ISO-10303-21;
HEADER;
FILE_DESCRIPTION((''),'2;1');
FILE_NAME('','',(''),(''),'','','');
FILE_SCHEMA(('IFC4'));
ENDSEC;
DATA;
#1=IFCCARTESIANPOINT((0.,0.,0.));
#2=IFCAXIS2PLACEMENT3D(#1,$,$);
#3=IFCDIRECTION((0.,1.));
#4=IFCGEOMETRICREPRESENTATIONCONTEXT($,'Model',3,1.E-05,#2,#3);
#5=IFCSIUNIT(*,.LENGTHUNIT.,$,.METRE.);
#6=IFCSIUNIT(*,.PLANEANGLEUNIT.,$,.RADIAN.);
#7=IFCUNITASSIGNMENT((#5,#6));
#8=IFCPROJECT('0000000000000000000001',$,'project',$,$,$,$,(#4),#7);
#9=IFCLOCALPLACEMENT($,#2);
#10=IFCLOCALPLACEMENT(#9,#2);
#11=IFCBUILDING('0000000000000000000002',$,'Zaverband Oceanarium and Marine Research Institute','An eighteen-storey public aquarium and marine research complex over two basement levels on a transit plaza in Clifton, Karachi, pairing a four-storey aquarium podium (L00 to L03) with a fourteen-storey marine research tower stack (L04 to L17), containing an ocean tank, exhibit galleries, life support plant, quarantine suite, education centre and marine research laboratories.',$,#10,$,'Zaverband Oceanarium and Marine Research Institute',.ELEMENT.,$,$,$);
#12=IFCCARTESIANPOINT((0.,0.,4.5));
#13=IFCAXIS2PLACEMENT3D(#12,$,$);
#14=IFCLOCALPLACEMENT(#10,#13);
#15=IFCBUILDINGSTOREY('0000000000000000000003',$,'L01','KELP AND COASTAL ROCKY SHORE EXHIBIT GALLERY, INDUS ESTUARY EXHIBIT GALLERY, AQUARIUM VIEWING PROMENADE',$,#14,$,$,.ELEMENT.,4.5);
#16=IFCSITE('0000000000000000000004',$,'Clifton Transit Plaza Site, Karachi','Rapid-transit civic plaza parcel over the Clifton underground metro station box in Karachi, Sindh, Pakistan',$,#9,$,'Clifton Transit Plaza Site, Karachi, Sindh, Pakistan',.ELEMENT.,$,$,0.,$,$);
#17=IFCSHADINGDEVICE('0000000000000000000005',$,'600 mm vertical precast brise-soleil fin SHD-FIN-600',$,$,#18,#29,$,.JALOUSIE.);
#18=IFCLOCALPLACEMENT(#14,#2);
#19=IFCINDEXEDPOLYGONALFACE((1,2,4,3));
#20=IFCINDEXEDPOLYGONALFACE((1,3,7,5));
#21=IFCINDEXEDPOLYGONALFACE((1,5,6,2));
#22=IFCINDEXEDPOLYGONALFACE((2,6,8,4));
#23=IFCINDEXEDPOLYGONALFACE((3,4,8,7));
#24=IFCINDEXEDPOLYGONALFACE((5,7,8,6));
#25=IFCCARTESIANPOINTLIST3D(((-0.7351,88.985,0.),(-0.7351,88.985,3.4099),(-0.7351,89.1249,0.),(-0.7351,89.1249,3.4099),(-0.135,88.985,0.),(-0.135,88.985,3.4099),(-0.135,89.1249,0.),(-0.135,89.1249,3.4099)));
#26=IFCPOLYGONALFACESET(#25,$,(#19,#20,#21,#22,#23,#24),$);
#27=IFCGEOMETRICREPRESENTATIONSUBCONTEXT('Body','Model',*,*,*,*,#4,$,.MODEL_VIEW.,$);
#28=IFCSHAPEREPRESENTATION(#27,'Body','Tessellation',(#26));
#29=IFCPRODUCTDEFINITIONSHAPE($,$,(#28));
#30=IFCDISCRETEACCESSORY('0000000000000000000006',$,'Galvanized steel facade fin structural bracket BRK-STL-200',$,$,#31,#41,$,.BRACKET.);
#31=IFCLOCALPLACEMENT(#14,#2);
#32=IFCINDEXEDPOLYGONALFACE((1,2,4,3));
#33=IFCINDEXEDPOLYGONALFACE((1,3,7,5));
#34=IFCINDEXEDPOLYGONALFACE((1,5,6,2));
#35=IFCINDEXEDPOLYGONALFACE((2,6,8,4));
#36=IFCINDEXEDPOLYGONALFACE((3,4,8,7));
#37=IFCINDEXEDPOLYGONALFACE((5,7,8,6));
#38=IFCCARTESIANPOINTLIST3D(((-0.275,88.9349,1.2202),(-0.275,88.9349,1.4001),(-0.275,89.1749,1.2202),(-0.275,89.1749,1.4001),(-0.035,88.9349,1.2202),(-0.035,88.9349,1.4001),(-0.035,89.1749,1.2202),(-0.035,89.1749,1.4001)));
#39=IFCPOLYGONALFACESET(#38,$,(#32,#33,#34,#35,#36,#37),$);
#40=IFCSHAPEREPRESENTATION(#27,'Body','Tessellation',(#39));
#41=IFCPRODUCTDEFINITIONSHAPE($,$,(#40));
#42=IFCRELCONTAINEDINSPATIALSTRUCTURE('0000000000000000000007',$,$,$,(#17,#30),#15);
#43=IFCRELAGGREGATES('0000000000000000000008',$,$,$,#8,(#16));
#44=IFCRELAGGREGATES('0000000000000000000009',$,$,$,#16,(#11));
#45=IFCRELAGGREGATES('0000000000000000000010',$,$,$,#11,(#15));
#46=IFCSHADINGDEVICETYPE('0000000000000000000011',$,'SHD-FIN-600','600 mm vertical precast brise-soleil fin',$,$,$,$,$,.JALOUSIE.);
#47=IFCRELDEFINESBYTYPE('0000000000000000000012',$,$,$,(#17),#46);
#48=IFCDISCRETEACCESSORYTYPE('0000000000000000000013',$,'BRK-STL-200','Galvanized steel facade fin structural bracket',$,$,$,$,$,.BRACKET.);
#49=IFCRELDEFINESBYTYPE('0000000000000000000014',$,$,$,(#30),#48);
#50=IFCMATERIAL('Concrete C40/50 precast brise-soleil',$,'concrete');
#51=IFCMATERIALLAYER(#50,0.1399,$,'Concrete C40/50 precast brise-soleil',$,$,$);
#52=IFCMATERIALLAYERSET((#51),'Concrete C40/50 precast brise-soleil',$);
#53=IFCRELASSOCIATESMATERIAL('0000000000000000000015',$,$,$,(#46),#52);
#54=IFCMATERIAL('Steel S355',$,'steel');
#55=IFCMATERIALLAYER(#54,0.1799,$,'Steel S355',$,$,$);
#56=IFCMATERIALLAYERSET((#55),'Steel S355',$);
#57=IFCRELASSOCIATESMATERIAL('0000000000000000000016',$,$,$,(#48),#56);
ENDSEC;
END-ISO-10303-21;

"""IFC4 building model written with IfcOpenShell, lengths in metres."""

from ifc_helpers import new_model, si_unit, direction, frame, frame_2d, origin, origin_2d, place, context, subcontext, project, spatial, rectangle, extrude, material, layer, layer_set, type_object, element, save


model = new_model("IFC4")

# Units and contexts
model_context = context("Model", 3, precision=1e-05, world=origin(), true_north=direction((0.0, 1.0)))
body_context = subcontext(model_context, "Body", "Model", "MODEL_VIEW")
ifc_project = project(units=[si_unit("LENGTHUNIT", "METRE"), si_unit("PLANEANGLEUNIT", "RADIAN")], contexts=[model_context])

# Site, building, storey
site_placement = place(None, origin())
site = spatial("IfcSite", under=ifc_project, at=site_placement, Name="Clifton Transit Plaza Site, Karachi", Description="Rapid-transit civic plaza parcel over the Clifton underground metro station box in Karachi, Sindh, Pakistan", LongName="Clifton Transit Plaza Site, Karachi, Sindh, Pakistan", CompositionType="ELEMENT", RefElevation=0.0)
building_placement = place(site_placement, origin())
building = spatial("IfcBuilding", under=site, at=building_placement, Name="Zaverband Oceanarium and Marine Research Institute", Description="An eighteen-storey public aquarium and marine research complex over two basement levels on a transit plaza in Clifton, Karachi, pairing a four-storey aquarium podium (L00 to L03) with a fourteen-storey marine research tower stack (L04 to L17), containing an ocean tank, exhibit galleries, life support plant, quarantine suite, education centre and marine research laboratories.", LongName="Zaverband Oceanarium and Marine Research Institute", CompositionType="ELEMENT")
storey_placement = place(building_placement, frame((0.0, 0.0, 4.5)))
storey = spatial("IfcBuildingStorey", under=building, at=storey_placement, Name="L01", Description="KELP AND COASTAL ROCKY SHORE EXHIBIT GALLERY, INDUS ESTUARY EXHIBIT GALLERY, AQUARIUM VIEWING PROMENADE", CompositionType="ELEMENT", Elevation=4.5)

# Shading device
ifc_material_1 = material(Name="Concrete C40/50 precast brise-soleil", Category="concrete")
ifc_layer_1 = layer(ifc_material_1, 0.1399, Name="Concrete C40/50 precast brise-soleil")
ifc_layer_set_1 = layer_set([ifc_layer_1], Name="Concrete C40/50 precast brise-soleil")
shading_device_type = type_object("IfcShadingDeviceType", Name="SHD-FIN-600", Description="600 mm vertical precast brise-soleil fin", PredefinedType="JALOUSIE", material=ifc_layer_set_1)
shading_device_placement = place(storey_placement, frame((-0.135, 89.0549, 0.0), z_axis=(0.0, 0.0, 1.0), x_axis=(-1.0, 0.0, 0.0)))
element("IfcShadingDevice", 1, at=shading_device_placement, inside=storey, type_object=shading_device_type, Name="600 mm vertical precast brise-soleil fin SHD-FIN-600", PredefinedType="JALOUSIE", context=body_context, shape_type="SweptSolid", body=[
    extrude(rectangle(XDim=0.6001, YDim=0.1399, at=frame_2d((0.3, 0.0))), origin(), (0.0, 0.0, 1.0), 3.4099),
])

# Discrete accessory
ifc_material_2 = material(Name="Steel S355", Category="steel")
ifc_layer_2 = layer(ifc_material_2, 0.1799, Name="Steel S355")
ifc_layer_set_2 = layer_set([ifc_layer_2], Name="Steel S355")
discrete_accessory_type = type_object("IfcDiscreteAccessoryType", Name="BRK-STL-200", Description="Galvanized steel facade fin structural bracket", PredefinedType="BRACKET", material=ifc_layer_set_2)
discrete_accessory_placement = place(storey_placement, frame((-0.155, 89.0549, 1.2202), z_axis=(0.0, 0.0, 1.0), x_axis=(1.0, 0.0, 0.0)))
element("IfcDiscreteAccessory", 2, at=discrete_accessory_placement, inside=storey, type_object=discrete_accessory_type, Name="Galvanized steel facade fin structural bracket BRK-STL-200", PredefinedType="BRACKET", context=body_context, shape_type="SweptSolid", body=[
    extrude(rectangle(XDim=0.24, YDim=0.24, at=origin_2d()), origin(), (0.0, 0.0, 1.0), 0.1799),
])

save(model, "model.ifc")
